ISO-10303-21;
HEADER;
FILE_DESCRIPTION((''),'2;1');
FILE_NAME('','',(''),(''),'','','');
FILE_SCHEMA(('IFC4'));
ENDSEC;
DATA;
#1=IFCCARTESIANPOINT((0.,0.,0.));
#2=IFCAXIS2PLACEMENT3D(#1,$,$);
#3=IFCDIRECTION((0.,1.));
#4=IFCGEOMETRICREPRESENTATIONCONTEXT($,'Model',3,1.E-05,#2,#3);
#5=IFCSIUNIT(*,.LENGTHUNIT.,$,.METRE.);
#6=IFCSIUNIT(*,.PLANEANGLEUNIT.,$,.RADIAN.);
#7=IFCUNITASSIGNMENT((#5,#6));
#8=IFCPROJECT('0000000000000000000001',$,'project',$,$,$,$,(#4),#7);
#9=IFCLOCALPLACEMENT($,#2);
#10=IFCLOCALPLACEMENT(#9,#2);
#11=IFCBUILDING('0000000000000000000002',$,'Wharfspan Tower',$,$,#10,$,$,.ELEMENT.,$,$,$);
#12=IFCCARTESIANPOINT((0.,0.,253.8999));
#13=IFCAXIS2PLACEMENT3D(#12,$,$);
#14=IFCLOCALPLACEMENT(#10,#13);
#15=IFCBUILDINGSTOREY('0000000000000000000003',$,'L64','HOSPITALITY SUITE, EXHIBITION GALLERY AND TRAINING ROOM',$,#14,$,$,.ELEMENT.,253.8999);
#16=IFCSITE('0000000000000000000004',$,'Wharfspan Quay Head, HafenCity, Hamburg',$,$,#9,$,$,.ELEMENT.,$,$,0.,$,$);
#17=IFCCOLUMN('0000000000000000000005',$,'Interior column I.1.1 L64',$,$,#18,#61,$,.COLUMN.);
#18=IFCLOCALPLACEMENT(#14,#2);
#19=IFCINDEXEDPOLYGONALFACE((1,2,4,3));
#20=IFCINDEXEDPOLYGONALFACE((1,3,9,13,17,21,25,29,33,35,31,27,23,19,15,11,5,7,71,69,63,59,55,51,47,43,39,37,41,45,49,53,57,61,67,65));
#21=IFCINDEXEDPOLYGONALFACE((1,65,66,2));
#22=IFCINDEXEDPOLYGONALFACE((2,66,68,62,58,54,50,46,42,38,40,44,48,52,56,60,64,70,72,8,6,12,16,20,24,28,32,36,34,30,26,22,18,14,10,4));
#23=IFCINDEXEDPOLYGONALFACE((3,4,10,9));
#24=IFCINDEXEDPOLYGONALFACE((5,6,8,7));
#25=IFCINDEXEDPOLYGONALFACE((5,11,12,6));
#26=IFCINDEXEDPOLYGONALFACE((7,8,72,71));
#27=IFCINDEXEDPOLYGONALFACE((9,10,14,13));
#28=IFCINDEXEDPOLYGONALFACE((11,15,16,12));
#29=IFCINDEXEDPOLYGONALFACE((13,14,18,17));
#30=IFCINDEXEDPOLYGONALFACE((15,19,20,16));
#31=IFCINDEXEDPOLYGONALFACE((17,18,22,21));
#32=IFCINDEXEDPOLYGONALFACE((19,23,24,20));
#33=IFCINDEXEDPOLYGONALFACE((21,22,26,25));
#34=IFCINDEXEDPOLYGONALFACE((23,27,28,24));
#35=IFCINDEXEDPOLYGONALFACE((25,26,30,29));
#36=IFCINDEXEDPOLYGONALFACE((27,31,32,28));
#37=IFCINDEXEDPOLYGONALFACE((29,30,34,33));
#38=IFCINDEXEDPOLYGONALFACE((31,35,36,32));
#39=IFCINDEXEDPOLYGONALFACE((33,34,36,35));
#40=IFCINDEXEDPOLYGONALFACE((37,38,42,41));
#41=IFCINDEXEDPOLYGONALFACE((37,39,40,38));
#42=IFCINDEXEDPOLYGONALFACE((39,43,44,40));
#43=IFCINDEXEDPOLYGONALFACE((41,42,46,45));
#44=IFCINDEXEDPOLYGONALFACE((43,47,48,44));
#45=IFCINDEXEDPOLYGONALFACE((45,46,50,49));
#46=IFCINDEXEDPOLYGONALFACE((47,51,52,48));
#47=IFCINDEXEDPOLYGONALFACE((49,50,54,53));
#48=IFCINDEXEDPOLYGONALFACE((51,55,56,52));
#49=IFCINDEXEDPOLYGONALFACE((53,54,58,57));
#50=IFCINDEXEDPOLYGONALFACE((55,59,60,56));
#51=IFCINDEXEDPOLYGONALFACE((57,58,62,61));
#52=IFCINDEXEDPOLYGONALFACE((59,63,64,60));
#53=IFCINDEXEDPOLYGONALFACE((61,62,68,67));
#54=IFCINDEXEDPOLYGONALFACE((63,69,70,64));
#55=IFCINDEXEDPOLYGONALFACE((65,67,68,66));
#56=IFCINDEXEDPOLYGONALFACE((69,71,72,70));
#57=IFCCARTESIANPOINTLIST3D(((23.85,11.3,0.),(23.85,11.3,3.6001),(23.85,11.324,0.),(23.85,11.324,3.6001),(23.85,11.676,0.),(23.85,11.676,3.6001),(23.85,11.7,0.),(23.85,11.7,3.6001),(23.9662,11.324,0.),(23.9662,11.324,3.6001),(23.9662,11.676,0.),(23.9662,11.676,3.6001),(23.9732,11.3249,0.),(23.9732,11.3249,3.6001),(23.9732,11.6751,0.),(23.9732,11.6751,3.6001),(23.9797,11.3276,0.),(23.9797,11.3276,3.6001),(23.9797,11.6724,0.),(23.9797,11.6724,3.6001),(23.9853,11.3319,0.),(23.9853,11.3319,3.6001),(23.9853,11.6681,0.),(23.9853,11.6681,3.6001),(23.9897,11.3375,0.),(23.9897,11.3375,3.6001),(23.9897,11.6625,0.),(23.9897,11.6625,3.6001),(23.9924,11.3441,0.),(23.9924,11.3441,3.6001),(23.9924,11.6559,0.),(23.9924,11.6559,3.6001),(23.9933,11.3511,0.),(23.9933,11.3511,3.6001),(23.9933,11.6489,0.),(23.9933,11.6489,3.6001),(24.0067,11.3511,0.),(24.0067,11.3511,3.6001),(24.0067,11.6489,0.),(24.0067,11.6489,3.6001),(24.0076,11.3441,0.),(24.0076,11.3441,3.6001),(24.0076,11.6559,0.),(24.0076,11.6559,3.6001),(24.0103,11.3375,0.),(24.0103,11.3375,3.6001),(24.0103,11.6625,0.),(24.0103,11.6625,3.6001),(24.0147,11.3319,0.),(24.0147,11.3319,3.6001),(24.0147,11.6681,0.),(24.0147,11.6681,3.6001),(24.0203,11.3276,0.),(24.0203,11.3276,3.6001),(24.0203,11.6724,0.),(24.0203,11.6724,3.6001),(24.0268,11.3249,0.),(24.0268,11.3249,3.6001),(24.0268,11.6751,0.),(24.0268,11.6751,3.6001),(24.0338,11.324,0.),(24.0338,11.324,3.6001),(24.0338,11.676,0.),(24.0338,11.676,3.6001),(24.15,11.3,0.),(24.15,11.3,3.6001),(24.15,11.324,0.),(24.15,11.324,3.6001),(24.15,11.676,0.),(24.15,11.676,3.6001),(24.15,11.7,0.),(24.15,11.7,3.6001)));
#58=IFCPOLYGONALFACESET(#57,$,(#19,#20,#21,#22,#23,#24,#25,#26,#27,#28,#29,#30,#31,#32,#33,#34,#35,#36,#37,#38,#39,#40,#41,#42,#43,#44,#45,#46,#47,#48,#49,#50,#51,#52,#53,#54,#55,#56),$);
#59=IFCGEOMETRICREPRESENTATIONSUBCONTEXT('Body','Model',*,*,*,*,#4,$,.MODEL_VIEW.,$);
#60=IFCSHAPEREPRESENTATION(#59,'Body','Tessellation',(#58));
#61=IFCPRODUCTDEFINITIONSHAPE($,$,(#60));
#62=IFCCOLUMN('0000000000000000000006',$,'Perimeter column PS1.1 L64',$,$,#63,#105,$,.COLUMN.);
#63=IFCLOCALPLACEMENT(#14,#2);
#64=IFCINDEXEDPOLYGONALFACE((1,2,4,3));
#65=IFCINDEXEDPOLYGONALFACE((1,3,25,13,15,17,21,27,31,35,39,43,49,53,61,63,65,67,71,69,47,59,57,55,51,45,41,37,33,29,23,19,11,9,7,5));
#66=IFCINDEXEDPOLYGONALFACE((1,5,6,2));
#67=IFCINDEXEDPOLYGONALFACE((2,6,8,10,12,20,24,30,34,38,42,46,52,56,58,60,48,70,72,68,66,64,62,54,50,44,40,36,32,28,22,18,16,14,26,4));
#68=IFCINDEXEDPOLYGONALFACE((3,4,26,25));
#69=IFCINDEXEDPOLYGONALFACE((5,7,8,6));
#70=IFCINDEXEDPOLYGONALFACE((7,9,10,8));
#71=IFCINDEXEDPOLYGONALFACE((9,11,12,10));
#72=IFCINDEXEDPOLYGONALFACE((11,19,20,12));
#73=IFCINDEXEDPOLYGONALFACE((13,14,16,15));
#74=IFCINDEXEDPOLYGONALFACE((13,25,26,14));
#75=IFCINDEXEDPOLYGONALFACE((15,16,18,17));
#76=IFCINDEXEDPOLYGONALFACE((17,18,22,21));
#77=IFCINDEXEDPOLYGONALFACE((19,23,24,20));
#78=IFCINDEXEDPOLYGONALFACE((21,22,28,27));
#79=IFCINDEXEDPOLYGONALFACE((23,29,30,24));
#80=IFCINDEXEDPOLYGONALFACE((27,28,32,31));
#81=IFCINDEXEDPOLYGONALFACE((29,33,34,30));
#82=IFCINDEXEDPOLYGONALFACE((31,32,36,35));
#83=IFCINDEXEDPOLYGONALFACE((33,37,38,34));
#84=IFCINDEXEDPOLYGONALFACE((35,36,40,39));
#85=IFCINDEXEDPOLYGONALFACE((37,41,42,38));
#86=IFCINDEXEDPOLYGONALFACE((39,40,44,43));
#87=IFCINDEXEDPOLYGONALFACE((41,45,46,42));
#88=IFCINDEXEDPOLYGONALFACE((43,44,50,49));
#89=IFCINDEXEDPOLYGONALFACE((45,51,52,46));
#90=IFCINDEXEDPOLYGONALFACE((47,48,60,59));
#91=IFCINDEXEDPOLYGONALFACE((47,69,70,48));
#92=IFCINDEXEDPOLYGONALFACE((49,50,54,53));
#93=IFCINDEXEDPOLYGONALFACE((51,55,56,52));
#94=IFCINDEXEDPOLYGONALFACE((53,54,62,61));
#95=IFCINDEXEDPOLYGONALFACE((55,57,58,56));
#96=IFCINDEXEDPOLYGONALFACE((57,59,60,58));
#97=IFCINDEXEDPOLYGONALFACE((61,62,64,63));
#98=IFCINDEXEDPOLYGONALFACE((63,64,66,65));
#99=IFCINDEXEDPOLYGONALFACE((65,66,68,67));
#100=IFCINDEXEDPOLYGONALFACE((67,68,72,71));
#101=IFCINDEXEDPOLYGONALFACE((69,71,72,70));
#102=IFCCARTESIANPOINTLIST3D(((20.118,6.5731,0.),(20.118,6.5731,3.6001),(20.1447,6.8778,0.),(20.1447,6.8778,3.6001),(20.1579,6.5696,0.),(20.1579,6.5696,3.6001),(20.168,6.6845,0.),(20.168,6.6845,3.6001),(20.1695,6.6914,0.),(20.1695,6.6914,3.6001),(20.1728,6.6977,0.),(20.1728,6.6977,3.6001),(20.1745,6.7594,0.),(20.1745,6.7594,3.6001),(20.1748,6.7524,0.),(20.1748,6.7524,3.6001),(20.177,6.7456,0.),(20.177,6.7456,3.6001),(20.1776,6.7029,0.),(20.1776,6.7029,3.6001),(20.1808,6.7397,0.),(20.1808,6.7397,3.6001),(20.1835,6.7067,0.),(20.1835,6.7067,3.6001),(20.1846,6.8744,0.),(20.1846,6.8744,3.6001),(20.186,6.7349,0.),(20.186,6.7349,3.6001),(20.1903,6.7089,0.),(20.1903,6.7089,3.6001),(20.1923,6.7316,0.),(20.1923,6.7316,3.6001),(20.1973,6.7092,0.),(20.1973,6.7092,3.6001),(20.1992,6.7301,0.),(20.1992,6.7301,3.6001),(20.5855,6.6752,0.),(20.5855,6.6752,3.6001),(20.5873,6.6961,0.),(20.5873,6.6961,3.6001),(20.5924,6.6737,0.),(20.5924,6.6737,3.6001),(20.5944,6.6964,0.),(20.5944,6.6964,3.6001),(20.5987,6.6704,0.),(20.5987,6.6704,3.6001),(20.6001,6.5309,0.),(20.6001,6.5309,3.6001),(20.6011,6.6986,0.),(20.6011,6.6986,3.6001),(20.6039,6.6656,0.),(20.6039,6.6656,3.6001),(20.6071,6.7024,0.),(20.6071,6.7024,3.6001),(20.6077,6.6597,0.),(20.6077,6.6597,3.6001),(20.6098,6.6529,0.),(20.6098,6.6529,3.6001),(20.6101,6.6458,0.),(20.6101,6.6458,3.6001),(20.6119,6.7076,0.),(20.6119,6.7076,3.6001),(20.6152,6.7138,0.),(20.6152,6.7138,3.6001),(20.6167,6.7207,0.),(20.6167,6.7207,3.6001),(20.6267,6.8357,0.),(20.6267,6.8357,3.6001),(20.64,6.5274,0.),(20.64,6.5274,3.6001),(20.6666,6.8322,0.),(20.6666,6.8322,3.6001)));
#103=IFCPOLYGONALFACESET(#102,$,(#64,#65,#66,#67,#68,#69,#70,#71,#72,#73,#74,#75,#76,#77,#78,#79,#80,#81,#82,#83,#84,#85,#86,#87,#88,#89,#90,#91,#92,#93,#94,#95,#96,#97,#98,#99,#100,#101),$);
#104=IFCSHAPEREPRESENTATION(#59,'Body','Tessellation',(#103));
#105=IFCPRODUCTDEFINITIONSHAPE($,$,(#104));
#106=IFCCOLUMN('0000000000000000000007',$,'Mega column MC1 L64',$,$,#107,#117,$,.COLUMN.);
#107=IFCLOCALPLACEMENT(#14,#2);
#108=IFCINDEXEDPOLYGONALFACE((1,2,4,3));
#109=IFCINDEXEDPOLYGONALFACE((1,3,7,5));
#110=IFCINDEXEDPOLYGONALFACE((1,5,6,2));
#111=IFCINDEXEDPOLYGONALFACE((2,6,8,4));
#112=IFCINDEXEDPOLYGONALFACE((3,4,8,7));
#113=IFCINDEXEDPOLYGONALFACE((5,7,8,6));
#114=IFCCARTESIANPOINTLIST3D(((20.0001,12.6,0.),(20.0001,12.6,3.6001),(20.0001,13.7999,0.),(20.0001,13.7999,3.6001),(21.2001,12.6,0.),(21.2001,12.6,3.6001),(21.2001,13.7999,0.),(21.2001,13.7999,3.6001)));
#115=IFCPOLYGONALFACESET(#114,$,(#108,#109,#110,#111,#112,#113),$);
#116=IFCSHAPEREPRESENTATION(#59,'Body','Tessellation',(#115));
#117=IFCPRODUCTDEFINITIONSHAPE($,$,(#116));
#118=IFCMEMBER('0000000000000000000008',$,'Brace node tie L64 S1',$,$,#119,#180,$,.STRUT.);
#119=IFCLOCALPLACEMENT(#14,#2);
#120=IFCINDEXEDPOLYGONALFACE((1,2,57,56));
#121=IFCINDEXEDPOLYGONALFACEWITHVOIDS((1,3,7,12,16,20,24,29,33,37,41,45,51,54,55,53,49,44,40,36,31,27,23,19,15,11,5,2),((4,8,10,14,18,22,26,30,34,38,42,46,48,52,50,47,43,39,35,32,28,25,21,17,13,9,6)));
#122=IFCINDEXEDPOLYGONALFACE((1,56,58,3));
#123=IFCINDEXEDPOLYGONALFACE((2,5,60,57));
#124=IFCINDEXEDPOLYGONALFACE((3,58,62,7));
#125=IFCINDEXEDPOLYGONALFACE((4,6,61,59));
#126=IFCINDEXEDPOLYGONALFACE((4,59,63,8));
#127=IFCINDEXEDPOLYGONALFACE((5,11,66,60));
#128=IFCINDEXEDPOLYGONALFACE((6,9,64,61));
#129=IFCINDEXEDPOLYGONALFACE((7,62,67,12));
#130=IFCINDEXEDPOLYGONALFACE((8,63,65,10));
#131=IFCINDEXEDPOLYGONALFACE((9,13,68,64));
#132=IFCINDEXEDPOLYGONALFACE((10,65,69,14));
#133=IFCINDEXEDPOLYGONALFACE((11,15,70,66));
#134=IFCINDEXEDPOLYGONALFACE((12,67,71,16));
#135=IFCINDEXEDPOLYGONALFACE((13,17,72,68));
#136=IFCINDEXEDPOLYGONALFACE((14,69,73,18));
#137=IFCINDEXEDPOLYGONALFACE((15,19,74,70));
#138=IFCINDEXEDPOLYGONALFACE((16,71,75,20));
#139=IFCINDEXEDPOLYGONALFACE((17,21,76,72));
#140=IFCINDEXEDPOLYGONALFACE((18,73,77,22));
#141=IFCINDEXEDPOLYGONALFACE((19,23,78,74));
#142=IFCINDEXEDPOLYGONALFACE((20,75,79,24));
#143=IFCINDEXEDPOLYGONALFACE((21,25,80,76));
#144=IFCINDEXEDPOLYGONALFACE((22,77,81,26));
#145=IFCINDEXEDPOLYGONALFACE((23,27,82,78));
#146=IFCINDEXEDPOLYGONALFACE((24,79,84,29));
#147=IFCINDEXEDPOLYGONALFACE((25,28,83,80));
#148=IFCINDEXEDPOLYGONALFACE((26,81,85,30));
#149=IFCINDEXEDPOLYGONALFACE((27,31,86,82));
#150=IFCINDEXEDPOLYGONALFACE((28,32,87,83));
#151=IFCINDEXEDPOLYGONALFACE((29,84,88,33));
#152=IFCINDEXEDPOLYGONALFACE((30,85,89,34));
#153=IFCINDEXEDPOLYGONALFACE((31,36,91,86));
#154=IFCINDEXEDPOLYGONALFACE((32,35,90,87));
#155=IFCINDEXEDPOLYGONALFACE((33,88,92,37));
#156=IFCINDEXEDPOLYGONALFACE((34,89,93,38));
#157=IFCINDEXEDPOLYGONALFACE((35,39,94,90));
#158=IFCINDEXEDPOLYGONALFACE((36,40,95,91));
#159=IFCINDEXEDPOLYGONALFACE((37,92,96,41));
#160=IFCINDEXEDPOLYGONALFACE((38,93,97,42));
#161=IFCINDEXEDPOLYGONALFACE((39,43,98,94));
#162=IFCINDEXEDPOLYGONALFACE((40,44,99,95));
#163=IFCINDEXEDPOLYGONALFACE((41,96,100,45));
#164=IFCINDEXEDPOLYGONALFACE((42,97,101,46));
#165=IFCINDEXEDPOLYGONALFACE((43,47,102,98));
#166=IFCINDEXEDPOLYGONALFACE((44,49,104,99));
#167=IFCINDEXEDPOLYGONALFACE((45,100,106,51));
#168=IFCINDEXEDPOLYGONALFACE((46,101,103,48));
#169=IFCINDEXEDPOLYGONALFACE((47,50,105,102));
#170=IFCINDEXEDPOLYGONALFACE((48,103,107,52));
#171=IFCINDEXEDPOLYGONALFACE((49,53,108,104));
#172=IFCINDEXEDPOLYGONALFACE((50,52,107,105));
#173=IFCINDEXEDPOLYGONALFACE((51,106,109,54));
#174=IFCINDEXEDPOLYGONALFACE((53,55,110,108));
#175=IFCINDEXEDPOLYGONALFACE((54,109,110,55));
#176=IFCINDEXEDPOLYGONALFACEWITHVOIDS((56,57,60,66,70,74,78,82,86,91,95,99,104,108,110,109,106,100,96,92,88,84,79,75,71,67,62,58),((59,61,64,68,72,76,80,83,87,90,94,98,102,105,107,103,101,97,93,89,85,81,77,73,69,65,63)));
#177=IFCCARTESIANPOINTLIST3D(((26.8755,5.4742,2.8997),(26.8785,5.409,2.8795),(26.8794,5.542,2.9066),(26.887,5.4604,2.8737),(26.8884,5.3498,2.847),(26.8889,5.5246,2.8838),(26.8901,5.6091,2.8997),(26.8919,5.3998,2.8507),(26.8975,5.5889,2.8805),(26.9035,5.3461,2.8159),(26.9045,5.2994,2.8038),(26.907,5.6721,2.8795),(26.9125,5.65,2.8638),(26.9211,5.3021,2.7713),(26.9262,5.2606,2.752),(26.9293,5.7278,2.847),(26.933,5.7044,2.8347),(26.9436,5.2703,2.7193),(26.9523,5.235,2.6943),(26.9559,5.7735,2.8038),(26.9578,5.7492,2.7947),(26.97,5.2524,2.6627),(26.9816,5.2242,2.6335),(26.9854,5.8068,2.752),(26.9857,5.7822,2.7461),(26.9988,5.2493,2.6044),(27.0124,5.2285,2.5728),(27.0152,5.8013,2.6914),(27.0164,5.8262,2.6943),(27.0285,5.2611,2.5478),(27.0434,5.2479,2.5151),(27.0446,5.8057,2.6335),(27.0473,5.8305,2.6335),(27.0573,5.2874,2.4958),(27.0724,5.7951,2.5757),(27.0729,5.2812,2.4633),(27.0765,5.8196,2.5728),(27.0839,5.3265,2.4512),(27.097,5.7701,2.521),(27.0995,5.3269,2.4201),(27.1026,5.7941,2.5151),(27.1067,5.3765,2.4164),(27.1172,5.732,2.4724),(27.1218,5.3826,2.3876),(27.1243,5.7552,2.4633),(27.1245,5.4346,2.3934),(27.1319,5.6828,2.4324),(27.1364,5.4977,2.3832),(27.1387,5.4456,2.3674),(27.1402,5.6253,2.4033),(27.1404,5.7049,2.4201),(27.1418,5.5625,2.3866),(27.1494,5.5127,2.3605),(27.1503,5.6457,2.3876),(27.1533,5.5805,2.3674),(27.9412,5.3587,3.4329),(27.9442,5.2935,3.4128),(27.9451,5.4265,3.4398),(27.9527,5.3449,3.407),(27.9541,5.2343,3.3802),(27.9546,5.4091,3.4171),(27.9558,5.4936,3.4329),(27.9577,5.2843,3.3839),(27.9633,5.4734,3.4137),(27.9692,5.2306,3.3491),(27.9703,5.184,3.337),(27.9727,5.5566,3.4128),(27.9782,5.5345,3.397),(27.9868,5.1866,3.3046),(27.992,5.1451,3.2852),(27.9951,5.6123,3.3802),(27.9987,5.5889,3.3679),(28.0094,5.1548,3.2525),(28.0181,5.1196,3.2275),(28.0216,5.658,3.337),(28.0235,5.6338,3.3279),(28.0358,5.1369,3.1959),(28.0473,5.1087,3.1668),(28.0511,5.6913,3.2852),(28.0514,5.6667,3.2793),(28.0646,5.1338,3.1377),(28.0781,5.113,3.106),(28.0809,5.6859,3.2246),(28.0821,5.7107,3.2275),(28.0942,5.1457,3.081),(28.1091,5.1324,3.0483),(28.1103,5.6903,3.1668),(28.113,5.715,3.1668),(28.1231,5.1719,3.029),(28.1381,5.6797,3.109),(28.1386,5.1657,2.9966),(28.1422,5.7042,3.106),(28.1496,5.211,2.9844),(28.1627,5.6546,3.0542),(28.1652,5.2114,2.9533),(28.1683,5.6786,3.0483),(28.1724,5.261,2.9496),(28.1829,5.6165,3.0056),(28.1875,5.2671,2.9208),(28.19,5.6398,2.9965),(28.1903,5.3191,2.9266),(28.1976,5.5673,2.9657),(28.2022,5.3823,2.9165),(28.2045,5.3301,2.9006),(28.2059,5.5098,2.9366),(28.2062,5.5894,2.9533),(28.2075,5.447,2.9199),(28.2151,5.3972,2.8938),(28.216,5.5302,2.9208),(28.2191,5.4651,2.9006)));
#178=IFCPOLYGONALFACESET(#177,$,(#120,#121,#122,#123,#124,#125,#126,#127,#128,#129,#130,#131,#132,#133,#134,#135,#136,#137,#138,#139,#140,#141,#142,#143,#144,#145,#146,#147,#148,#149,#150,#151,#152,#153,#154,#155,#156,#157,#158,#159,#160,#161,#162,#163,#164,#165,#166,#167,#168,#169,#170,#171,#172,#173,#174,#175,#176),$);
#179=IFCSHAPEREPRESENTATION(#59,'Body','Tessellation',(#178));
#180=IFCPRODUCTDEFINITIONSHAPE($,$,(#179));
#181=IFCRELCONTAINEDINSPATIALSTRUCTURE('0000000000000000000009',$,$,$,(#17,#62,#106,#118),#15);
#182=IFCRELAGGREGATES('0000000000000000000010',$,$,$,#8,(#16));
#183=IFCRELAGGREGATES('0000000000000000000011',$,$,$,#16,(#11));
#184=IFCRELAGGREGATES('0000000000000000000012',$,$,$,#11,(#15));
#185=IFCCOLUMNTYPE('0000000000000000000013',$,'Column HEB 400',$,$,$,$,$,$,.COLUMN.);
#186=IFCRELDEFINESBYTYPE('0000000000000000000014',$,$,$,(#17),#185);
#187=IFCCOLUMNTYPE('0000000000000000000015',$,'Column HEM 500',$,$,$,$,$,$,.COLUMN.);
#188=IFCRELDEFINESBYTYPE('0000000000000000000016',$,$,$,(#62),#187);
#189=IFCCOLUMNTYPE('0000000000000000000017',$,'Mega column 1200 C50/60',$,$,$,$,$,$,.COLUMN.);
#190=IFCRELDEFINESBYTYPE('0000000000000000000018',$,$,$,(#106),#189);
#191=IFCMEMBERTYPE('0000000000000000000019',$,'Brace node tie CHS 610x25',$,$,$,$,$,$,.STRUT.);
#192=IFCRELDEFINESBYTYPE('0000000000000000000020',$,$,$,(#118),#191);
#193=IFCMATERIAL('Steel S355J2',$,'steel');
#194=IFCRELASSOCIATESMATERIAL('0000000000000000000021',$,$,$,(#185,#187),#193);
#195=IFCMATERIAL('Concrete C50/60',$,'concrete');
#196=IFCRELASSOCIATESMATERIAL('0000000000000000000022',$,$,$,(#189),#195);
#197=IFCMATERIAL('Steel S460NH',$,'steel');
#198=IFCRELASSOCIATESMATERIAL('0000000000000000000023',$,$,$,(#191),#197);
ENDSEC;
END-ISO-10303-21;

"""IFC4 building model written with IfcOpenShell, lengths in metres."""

from ifc_helpers import new_model, si_unit, direction, frame, origin, origin_2d, place, context, subcontext, project, spatial, rectangle, hollow_circle, i_section, extrude, material, material_profile, profile_set, type_object, element, save


model = new_model("IFC4")

# Units and contexts
model_context = context("Model", 3, precision=1e-05, world=origin(), true_north=direction((0.0, 1.0)))
body_context = subcontext(model_context, "Body", "Model", "MODEL_VIEW")
ifc_project = project(units=[si_unit("LENGTHUNIT", "METRE"), si_unit("PLANEANGLEUNIT", "RADIAN")], contexts=[model_context])

# Site, building, storey
site_placement = place(None, origin())
site = spatial("IfcSite", under=ifc_project, at=site_placement, Name="Wharfspan Quay Head, HafenCity, Hamburg", CompositionType="ELEMENT", RefElevation=0.0)
building_placement = place(site_placement, origin())
building = spatial("IfcBuilding", under=site, at=building_placement, Name="Wharfspan Tower", CompositionType="ELEMENT")
storey_placement = place(building_placement, frame((0.0, 0.0, 253.8999)))
storey = spatial("IfcBuildingStorey", under=building, at=storey_placement, Name="L64", Description="HOSPITALITY SUITE, EXHIBITION GALLERY AND TRAINING ROOM", CompositionType="ELEMENT", Elevation=253.8999)

# Columns
ifc_material_1 = material(Name="Steel S355J2", Category="steel")
ifc_material_profile_1 = material_profile(ifc_material_1, i_section(OverallWidth=0.3, OverallDepth=0.3999, WebThickness=0.0134, FlangeThickness=0.0239, FilletRadius=0.0271, at=origin_2d()))
ifc_profile_set_1 = profile_set([ifc_material_profile_1], Name="Steel S355J2")
column_type_1 = type_object("IfcColumnType", Name="Column HEB 400", PredefinedType="COLUMN", material=ifc_profile_set_1)
column_1_placement = place(storey_placement, frame((24.0, 11.5, 0.0), z_axis=(0.0, 0.0, 1.0), x_axis=(1.0, 0.0, 0.0)))
element("IfcColumn", 1, at=column_1_placement, inside=storey, type_object=column_type_1, Name="Interior column I.1.1 L64", PredefinedType="COLUMN", context=body_context, shape_type="SweptSolid", body=[
    extrude(i_section(OverallWidth=0.3, OverallDepth=0.3999, WebThickness=0.0134, FlangeThickness=0.0239, FilletRadius=0.0271, at=origin_2d()), origin(), (0.0, 0.0, 1.0), 3.6001),
])
ifc_material_profile_2 = material_profile(ifc_material_1, i_section(OverallWidth=0.3059, OverallDepth=0.5239, WebThickness=0.021, FlangeThickness=0.04, FilletRadius=0.0271, at=origin_2d()))
ifc_profile_set_2 = profile_set([ifc_material_profile_2], Name="Steel S355J2")
column_type_2 = type_object("IfcColumnType", Name="Column HEM 500", PredefinedType="COLUMN", material=ifc_profile_set_2)
column_2_placement = place(storey_placement, frame((20.3923, 6.7026, 0.0), z_axis=(0.0, 0.0, 1.0), x_axis=(-0.087156, -0.996197, 0.0)))
element("IfcColumn", 2, at=column_2_placement, inside=storey, type_object=column_type_2, Name="Perimeter column PS1.1 L64", PredefinedType="COLUMN", context=body_context, shape_type="SweptSolid", body=[
    extrude(i_section(OverallWidth=0.3059, OverallDepth=0.5239, WebThickness=0.021, FlangeThickness=0.04, FilletRadius=0.0271, at=origin_2d()), origin(), (0.0, 0.0, 1.0), 3.6001),
])
ifc_material_2 = material(Name="Concrete C50/60", Category="concrete")
ifc_material_profile_3 = material_profile(ifc_material_2, rectangle(XDim=1.2, YDim=1.2, at=origin_2d()))
ifc_profile_set_3 = profile_set([ifc_material_profile_3], Name="Concrete C50/60")
column_type_3 = type_object("IfcColumnType", Name="Mega column 1200 C50/60", PredefinedType="COLUMN", material=ifc_profile_set_3)
column_3_placement = place(storey_placement, frame((20.6001, 13.2, 0.0), z_axis=(0.0, 0.0, 1.0), x_axis=(1.0, 0.0, 0.0)))
element("IfcColumn", 3, at=column_3_placement, inside=storey, type_object=column_type_3, Name="Mega column MC1 L64", PredefinedType="COLUMN", context=body_context, shape_type="SweptSolid", body=[
    extrude(rectangle(XDim=1.2, YDim=1.2, at=origin_2d()), origin(), (0.0, 0.0, 1.0), 3.6001),
])

# Member
ifc_material_3 = material(Name="Steel S460NH", Category="steel")
ifc_material_profile_4 = material_profile(ifc_material_3, hollow_circle(Radius=0.3049, WallThickness=0.0249, at=origin_2d()))
ifc_profile_set_4 = profile_set([ifc_material_profile_4], Name="Steel S460NH")
member_type_1 = type_object("IfcMemberType", Name="Brace node tie CHS 610x25", PredefinedType="STRUT", material=ifc_profile_set_4)
member_1_placement = place(storey_placement, frame((27.0144, 5.5273, 2.6335), z_axis=(0.890134, -0.096457, 0.445373), x_axis=(0.107734, 0.994183, -0.000004)))
element("IfcMember", 4, at=member_1_placement, inside=storey, type_object=member_type_1, Name="Brace node tie L64 S1", PredefinedType="STRUT", context=body_context, shape_type="SweptSolid", body=[
    extrude(hollow_circle(Radius=0.3049, WallThickness=0.0249, at=origin_2d()), origin(), (0.0, 0.0, 1.0), 1.1973),
])

save(model, "model.ifc")
